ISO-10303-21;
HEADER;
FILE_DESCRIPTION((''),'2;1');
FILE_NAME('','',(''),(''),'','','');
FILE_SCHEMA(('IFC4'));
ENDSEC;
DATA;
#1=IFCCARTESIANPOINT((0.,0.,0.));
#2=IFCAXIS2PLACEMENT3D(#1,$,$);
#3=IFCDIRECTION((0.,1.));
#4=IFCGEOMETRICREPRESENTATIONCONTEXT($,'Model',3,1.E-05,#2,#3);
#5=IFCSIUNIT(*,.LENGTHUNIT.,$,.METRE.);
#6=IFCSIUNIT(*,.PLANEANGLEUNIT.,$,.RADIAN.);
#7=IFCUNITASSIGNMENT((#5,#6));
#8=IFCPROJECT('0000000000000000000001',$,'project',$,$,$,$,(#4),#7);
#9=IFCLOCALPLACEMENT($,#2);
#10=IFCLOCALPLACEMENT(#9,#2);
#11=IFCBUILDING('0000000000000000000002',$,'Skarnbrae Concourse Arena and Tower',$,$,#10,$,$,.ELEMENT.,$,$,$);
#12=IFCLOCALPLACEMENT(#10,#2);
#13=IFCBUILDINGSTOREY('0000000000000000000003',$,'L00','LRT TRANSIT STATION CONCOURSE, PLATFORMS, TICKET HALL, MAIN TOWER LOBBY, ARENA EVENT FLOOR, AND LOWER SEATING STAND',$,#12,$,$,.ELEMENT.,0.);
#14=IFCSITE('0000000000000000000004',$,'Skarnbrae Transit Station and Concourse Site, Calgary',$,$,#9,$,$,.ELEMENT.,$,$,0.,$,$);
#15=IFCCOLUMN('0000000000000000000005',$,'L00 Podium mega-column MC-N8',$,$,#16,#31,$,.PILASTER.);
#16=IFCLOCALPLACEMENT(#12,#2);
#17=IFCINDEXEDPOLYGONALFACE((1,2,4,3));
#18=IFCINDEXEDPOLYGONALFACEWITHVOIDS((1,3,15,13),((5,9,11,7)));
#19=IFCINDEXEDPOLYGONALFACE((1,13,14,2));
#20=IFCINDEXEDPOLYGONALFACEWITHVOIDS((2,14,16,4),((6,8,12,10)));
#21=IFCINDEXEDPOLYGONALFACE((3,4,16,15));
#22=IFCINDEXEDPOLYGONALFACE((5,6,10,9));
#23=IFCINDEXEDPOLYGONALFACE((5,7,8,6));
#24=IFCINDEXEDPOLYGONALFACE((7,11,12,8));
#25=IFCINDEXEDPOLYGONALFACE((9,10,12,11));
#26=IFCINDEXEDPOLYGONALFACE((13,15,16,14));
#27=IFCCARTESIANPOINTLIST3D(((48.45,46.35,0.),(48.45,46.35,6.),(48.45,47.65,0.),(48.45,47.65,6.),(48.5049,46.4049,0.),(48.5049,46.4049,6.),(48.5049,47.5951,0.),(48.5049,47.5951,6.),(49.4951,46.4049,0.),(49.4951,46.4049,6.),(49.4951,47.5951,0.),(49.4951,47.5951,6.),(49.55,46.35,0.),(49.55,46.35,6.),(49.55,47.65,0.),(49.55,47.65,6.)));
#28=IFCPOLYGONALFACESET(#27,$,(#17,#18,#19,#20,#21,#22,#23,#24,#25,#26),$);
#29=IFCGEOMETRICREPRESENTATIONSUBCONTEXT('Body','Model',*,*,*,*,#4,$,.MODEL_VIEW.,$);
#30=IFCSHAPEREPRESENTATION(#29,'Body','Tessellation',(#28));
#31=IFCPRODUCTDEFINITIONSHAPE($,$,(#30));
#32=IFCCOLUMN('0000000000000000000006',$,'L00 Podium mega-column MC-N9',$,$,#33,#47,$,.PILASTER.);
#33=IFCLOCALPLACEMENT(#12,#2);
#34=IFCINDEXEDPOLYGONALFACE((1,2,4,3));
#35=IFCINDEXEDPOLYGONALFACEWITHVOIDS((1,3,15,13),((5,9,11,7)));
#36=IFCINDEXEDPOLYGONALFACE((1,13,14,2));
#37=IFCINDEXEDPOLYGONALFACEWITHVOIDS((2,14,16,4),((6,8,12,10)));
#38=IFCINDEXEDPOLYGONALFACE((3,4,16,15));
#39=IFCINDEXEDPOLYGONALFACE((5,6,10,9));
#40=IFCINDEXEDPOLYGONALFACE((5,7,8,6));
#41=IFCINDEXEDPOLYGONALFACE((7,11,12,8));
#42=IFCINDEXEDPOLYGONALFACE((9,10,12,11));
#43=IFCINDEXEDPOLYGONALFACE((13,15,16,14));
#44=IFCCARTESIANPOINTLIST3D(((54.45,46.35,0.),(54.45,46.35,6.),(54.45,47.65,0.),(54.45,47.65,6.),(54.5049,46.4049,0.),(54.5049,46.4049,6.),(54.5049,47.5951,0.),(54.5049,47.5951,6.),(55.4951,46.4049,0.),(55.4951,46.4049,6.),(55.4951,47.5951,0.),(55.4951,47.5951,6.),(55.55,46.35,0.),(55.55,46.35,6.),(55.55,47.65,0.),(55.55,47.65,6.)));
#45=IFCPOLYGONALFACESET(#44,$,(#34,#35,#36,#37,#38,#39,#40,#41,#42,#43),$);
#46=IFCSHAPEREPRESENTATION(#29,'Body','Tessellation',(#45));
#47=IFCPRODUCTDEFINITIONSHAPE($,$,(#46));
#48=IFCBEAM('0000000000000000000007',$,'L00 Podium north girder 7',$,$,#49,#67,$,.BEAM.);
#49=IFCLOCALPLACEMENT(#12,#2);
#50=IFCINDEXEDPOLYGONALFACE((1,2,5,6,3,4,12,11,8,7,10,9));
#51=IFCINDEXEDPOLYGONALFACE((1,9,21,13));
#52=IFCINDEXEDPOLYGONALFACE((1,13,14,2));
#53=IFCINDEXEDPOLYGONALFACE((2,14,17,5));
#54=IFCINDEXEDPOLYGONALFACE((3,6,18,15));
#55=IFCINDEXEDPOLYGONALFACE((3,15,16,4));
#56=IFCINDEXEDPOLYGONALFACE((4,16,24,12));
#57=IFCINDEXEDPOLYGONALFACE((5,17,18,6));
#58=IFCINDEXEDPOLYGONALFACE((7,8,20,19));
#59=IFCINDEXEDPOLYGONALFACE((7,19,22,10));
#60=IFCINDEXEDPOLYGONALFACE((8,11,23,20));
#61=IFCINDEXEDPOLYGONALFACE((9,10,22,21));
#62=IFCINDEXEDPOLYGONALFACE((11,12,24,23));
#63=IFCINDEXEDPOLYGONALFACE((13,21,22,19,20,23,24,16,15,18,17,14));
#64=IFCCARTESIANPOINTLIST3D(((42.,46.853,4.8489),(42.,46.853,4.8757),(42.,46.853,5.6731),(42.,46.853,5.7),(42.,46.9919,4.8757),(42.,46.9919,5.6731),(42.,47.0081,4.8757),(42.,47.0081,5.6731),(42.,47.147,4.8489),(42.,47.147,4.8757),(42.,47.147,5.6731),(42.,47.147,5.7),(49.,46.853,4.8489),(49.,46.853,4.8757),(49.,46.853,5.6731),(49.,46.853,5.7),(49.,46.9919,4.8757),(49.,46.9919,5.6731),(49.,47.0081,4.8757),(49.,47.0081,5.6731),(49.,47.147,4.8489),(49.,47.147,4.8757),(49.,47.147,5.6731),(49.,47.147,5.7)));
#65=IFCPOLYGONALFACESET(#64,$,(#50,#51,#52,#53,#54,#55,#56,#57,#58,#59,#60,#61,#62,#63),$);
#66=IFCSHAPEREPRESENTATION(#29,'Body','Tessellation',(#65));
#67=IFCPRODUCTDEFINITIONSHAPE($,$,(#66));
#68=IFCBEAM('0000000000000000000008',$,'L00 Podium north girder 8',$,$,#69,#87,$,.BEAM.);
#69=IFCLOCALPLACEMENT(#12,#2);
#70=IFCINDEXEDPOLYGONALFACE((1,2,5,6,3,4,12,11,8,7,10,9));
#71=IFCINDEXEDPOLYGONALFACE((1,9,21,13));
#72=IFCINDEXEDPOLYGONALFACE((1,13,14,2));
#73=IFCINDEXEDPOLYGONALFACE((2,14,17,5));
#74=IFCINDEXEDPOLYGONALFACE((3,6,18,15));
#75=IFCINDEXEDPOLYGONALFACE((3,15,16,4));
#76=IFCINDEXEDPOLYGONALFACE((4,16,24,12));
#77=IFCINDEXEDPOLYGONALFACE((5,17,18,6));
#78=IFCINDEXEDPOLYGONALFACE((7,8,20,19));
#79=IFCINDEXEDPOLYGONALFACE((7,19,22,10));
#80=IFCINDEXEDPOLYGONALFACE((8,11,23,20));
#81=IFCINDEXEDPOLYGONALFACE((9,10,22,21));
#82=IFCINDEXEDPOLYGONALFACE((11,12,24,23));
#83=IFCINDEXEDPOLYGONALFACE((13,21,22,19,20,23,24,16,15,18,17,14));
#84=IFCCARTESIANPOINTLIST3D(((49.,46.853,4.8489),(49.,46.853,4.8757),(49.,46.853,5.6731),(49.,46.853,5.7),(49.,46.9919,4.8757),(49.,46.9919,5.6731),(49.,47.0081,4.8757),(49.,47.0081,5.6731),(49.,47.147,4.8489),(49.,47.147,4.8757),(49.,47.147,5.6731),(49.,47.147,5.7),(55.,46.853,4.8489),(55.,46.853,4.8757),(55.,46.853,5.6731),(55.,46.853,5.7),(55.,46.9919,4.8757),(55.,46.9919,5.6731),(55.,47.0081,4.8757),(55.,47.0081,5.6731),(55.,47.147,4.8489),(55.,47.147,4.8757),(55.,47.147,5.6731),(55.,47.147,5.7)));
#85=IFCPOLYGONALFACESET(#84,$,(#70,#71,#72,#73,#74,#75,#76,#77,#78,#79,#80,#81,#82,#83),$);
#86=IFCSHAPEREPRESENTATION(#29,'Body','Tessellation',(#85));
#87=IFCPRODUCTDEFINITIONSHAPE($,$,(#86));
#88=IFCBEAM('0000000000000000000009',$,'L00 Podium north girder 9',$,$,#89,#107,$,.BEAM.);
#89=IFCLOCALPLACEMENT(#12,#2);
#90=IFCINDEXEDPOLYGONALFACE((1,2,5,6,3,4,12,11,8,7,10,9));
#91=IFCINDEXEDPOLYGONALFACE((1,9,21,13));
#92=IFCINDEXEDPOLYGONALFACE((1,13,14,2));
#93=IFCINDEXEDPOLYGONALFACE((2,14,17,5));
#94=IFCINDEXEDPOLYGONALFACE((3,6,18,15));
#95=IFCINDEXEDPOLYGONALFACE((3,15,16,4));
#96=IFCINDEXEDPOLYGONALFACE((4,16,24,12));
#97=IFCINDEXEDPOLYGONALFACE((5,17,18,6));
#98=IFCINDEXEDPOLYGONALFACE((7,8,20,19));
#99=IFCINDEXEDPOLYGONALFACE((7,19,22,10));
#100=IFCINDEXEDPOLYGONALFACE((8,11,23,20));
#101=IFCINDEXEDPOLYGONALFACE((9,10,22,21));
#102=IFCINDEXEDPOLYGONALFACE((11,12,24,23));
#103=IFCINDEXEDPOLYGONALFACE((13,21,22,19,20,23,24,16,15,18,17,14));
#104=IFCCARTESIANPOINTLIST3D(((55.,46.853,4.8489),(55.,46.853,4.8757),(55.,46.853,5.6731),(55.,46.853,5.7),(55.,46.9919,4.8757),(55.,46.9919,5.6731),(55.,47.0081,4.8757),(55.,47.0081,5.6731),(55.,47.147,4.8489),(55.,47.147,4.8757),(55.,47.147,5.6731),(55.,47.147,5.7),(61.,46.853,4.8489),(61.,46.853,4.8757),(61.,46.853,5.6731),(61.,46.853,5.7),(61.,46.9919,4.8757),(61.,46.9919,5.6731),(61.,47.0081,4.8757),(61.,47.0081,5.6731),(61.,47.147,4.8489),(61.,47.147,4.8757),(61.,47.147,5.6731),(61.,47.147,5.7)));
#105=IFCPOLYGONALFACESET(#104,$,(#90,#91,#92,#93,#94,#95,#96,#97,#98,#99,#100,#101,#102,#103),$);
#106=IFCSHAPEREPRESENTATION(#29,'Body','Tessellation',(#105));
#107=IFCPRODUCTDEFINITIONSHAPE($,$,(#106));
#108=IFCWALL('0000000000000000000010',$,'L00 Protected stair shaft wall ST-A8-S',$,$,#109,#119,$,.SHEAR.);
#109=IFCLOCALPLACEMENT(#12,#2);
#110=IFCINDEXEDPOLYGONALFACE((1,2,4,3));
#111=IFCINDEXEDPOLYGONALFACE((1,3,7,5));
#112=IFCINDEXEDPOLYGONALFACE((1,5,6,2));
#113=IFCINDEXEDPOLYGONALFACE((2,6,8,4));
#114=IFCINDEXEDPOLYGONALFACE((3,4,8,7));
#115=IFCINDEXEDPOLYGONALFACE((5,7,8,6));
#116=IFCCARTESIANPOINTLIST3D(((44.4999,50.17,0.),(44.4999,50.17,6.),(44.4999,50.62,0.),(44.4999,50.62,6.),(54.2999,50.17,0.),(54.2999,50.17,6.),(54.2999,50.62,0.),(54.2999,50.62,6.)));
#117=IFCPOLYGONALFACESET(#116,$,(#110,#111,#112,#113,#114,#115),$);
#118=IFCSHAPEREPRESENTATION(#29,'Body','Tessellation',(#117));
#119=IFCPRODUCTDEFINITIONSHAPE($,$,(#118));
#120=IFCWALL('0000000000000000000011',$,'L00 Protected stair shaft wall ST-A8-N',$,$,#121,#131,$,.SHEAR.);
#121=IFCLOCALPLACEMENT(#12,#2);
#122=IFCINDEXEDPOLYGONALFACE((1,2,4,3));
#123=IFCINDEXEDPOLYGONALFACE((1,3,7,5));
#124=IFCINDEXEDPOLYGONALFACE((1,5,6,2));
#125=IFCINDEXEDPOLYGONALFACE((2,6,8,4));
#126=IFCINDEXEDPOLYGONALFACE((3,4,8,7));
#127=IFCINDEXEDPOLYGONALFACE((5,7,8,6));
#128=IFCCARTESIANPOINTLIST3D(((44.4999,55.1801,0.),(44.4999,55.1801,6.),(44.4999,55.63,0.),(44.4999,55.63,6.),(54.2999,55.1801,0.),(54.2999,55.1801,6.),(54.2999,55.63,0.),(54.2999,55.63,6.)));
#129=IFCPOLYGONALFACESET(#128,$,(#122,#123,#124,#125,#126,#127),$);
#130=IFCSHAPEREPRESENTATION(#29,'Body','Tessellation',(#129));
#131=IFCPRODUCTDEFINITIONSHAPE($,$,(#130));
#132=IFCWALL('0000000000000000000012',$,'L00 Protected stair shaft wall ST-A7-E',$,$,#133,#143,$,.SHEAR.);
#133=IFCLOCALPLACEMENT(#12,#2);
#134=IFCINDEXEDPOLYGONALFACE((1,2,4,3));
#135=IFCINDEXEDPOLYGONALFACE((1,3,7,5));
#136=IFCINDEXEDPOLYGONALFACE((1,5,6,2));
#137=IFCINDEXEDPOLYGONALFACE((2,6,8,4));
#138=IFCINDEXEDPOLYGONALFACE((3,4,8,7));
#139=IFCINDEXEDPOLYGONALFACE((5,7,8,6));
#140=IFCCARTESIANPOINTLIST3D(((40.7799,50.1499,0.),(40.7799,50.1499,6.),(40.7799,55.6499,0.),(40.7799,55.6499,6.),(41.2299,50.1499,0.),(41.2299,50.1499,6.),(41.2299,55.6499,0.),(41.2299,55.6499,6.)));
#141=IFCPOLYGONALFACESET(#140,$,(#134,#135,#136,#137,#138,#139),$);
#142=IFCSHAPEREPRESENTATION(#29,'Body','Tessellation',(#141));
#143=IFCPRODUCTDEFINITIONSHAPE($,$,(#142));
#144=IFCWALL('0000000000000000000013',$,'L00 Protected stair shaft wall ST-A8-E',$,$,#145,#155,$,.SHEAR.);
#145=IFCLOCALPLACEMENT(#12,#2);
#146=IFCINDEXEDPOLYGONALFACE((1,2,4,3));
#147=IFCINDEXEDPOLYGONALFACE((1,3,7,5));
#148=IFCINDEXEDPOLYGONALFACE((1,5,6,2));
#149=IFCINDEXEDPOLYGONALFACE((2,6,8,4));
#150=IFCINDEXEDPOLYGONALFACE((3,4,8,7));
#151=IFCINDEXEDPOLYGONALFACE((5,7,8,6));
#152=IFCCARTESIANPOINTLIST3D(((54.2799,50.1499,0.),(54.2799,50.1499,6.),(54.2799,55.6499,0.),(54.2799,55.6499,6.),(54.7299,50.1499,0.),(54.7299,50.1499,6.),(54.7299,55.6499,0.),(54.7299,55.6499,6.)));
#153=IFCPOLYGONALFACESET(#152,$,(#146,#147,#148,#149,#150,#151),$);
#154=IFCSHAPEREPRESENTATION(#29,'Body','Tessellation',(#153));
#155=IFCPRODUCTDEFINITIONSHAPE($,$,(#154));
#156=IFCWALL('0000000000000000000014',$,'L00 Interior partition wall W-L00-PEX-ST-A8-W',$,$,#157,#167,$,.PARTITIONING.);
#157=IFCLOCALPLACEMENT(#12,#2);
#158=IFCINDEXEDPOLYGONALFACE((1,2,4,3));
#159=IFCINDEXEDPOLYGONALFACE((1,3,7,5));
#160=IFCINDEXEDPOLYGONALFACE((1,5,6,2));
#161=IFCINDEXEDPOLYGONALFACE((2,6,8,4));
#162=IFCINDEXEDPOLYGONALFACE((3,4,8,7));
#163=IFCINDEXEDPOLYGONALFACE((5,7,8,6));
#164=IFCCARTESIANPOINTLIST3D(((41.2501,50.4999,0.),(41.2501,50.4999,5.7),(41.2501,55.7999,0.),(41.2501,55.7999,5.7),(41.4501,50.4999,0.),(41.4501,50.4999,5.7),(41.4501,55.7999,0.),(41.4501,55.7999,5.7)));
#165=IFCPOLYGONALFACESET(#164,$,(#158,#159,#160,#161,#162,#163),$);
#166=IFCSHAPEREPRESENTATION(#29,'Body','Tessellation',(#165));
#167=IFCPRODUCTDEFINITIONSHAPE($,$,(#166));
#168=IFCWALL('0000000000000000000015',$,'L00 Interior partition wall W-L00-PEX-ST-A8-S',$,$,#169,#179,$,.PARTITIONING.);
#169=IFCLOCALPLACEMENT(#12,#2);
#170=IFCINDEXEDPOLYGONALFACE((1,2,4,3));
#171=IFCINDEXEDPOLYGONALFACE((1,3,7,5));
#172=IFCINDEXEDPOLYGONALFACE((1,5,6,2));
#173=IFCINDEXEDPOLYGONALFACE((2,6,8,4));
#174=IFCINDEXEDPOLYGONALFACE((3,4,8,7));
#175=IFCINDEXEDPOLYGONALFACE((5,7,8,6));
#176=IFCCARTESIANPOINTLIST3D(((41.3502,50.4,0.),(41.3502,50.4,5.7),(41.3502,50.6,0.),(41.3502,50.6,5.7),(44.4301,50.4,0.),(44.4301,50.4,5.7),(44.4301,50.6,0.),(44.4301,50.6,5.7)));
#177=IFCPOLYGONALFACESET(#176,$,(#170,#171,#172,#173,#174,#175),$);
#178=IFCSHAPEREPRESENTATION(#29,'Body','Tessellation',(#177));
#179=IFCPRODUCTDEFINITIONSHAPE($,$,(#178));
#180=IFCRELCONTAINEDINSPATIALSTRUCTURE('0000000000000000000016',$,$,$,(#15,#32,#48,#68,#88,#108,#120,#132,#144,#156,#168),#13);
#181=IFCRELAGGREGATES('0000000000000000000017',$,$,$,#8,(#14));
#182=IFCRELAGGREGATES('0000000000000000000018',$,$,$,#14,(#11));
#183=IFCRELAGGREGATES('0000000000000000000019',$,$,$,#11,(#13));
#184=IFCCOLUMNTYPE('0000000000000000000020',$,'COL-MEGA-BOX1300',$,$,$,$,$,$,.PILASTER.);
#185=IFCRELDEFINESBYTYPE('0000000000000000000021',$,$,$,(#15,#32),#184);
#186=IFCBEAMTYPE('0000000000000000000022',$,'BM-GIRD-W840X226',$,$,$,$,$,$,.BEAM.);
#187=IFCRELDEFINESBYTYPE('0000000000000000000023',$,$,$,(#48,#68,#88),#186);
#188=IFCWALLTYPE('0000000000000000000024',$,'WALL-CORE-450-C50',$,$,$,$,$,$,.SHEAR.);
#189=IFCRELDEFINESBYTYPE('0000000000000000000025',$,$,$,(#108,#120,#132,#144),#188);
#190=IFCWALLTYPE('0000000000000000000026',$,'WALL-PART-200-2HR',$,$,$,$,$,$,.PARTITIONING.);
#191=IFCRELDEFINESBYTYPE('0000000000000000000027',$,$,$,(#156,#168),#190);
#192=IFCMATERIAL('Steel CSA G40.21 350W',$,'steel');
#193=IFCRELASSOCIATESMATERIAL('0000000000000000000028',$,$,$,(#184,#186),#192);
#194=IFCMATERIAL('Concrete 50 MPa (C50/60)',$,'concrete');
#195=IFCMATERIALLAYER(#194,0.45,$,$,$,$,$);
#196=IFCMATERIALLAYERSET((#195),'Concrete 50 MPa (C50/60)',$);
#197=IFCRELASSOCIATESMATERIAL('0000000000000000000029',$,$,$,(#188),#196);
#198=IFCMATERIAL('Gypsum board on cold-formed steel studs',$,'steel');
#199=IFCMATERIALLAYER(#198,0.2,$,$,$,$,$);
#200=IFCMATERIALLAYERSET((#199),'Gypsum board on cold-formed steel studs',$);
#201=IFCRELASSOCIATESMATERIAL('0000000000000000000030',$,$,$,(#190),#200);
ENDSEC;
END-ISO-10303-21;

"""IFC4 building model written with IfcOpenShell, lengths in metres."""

from ifc_helpers import new_model, si_unit, direction, frame, frame_2d, origin, origin_2d, place, context, subcontext, project, spatial, rectangle, hollow_rectangle, i_section, extrude, source, transform, mapped, material, layer, layer_set, material_profile, profile_set, type_object, element, save


model = new_model("IFC4")

# Units and contexts
model_context = context("Model", 3, precision=1e-05, world=origin(), true_north=direction((0.0, 1.0)))
body_context = subcontext(model_context, "Body", "Model", "MODEL_VIEW")
ifc_project = project(units=[si_unit("LENGTHUNIT", "METRE"), si_unit("PLANEANGLEUNIT", "RADIAN")], contexts=[model_context])

# Site, building, storey
site_placement = place(None, origin())
site = spatial("IfcSite", under=ifc_project, at=site_placement, Name="Skarnbrae Transit Station and Concourse Site, Calgary", CompositionType="ELEMENT", RefElevation=0.0)
building_placement = place(site_placement, origin())
building = spatial("IfcBuilding", under=site, at=building_placement, Name="Skarnbrae Concourse Arena and Tower", CompositionType="ELEMENT")
storey_placement = place(building_placement, origin())
storey = spatial("IfcBuildingStorey", under=building, at=storey_placement, Name="L00", Description="LRT TRANSIT STATION CONCOURSE, PLATFORMS, TICKET HALL, MAIN TOWER LOBBY, ARENA EVENT FLOOR, AND LOWER SEATING STAND", CompositionType="ELEMENT", Elevation=0.0)

# Columns
ifc_material_1 = material(Name="Steel CSA G40.21 350W", Category="steel")
ifc_material_profile_1 = material_profile(ifc_material_1, hollow_rectangle(XDim=1.1001, YDim=1.3, WallThickness=0.0549, at=origin_2d()), Name="BOX1300X1100X55")
ifc_profile_set_1 = profile_set([ifc_material_profile_1], Name="Steel CSA G40.21 350W")
column_type = type_object("IfcColumnType", Name="COL-MEGA-BOX1300", PredefinedType="PILASTER", material=ifc_profile_set_1)
shared_shape_1 = source(origin(), body_context, "Body", "SweptSolid", [
    extrude(hollow_rectangle(XDim=1.1001, YDim=1.3, WallThickness=0.0549, at=origin_2d()), origin(), (0.0, 0.0, 1.0), 6.0),
])
for number, where, z_axis, x_axis, name in (
    (1, (49.0, 47.0, 0.0), (0.0, 0.0, 1.0), (1.0, 0.0, 0.0), "L00 Podium mega-column MC-N8"),
    (2, (55.0, 47.0, 0.0), (0.0, 0.0, 1.0), (1.0, 0.0, 0.0), "L00 Podium mega-column MC-N9"),
):
    element("IfcColumn", number, at=place(storey_placement, frame(where, z_axis=z_axis, x_axis=x_axis)), inside=storey, type_object=column_type, Name=name, PredefinedType="PILASTER", context=body_context, shape_type="MappedRepresentation", body=[
        mapped(shared_shape_1, transform((0.0, 0.0, 0.0))),
    ])

# Beams
ifc_material_profile_2 = material_profile(ifc_material_1, i_section(OverallWidth=0.2939, OverallDepth=0.8511, WebThickness=0.0161, FlangeThickness=0.0269, at=origin_2d()), Name="W840X226")
ifc_profile_set_2 = profile_set([ifc_material_profile_2], Name="Steel CSA G40.21 350W")
beam_type = type_object("IfcBeamType", Name="BM-GIRD-W840X226", PredefinedType="BEAM", material=ifc_profile_set_2)
shared_shape_2 = source(origin(), body_context, "Body", "SweptSolid", [
    extrude(i_section(OverallWidth=0.2939, OverallDepth=0.8511, WebThickness=0.0161, FlangeThickness=0.0269, at=origin_2d()), origin(), (0.0, 0.0, 1.0), 7.0),
])
beam_placement = place(storey_placement, frame((42.0, 47.0, 5.2744), z_axis=(1.0, 0.0, 0.0), x_axis=(0.0, 1.0, 0.0)))
element("IfcBeam", 3, at=beam_placement, inside=storey, type_object=beam_type, Name="L00 Podium north girder 7", PredefinedType="BEAM", context=body_context, shape_type="MappedRepresentation", body=[
    mapped(shared_shape_2, transform((0.0, 0.0, 0.0))),
])
shared_shape_3 = source(origin(), body_context, "Body", "SweptSolid", [
    extrude(i_section(OverallWidth=0.2939, OverallDepth=0.8511, WebThickness=0.0161, FlangeThickness=0.0269, at=origin_2d()), origin(), (0.0, 0.0, 1.0), 6.0),
])
for number, where, z_axis, x_axis, name in (
    (4, (49.0, 47.0, 5.2744), (1.0, 0.0, 0.0), (0.0, 1.0, 0.0), "L00 Podium north girder 8"),
    (5, (55.0, 47.0, 5.2744), (1.0, 0.0, 0.0), (0.0, 1.0, 0.0), "L00 Podium north girder 9"),
):
    element("IfcBeam", number, at=place(storey_placement, frame(where, z_axis=z_axis, x_axis=x_axis)), inside=storey, type_object=beam_type, Name=name, PredefinedType="BEAM", context=body_context, shape_type="MappedRepresentation", body=[
        mapped(shared_shape_3, transform((0.0, 0.0, 0.0))),
    ])

# Walls
ifc_material_2 = material(Name="Concrete 50 MPa (C50/60)", Category="concrete")
ifc_layer_1 = layer(ifc_material_2, 0.45)
ifc_layer_set_1 = layer_set([ifc_layer_1], Name="Concrete 50 MPa (C50/60)")
wall_type_1 = type_object("IfcWallType", Name="WALL-CORE-450-C50", PredefinedType="SHEAR", material=ifc_layer_set_1)
shared_shape_4 = source(origin(), body_context, "Body", "SweptSolid", [
    extrude(rectangle(XDim=9.8, YDim=0.45, at=frame_2d((4.8999, 0.0))), origin(), (0.0, 0.0, 1.0), 6.0),
])
for number, where, z_axis, x_axis, name in (
    (6, (44.5, 50.395, 0.0), (0.0, 0.0, 1.0), (1.0, 0.0, 0.0), "L00 Protected stair shaft wall ST-A8-S"),
    (7, (44.5, 55.405, 0.0), (0.0, 0.0, 1.0), (1.0, 0.0, 0.0), "L00 Protected stair shaft wall ST-A8-N"),
):
    element("IfcWall", number, at=place(storey_placement, frame(where, z_axis=z_axis, x_axis=x_axis)), inside=storey, type_object=wall_type_1, Name=name, PredefinedType="SHEAR", context=body_context, shape_type="MappedRepresentation", body=[
        mapped(shared_shape_4, transform((0.0, 0.0, 0.0))),
    ])
shared_shape_5 = source(origin(), body_context, "Body", "SweptSolid", [
    extrude(rectangle(XDim=5.5, YDim=0.45, at=frame_2d((2.75, 0.0))), origin(), (0.0, 0.0, 1.0), 6.0),
])
wall_1_placement = place(storey_placement, frame((41.0049, 50.1499, 0.0), z_axis=(0.0, 0.0, 1.0), x_axis=(0.0, 1.0, 0.0)))
element("IfcWall", 8, at=wall_1_placement, inside=storey, type_object=wall_type_1, Name="L00 Protected stair shaft wall ST-A7-E", PredefinedType="SHEAR", context=body_context, shape_type="MappedRepresentation", body=[
    mapped(shared_shape_5, transform((0.0, 0.0, 0.0))),
])

# Walls
wall_2_placement = place(storey_placement, frame((54.5049, 50.1499, 0.0), z_axis=(0.0, 0.0, 1.0), x_axis=(0.0, 1.0, 0.0)))
element("IfcWall", 9, at=wall_2_placement, inside=storey, type_object=wall_type_1, Name="L00 Protected stair shaft wall ST-A8-E", PredefinedType="SHEAR", context=body_context, shape_type="MappedRepresentation", body=[
    mapped(shared_shape_5, transform((0.0, 0.0, 0.0))),
])
ifc_material_3 = material(Name="Gypsum board on cold-formed steel studs", Category="steel")
ifc_layer_2 = layer(ifc_material_3, 0.2)
ifc_layer_set_2 = layer_set([ifc_layer_2], Name="Gypsum board on cold-formed steel studs")
wall_type_2 = type_object("IfcWallType", Name="WALL-PART-200-2HR", PredefinedType="PARTITIONING", material=ifc_layer_set_2)
shared_shape_6 = source(origin(), body_context, "Body", "SweptSolid", [
    extrude(rectangle(XDim=5.3, YDim=0.2, at=frame_2d((2.6499, 0.0))), origin(), (0.0, 0.0, 1.0), 5.7),
])
wall_3_placement = place(storey_placement, frame((41.3501, 50.5, 0.0), z_axis=(0.0, 0.0, 1.0), x_axis=(0.0, 1.0, 0.0)))
element("IfcWall", 10, at=wall_3_placement, inside=storey, type_object=wall_type_2, Name="L00 Interior partition wall W-L00-PEX-ST-A8-W", PredefinedType="PARTITIONING", context=body_context, shape_type="MappedRepresentation", body=[
    mapped(shared_shape_6, transform((0.0, 0.0, 0.0))),
])
shared_shape_7 = source(origin(), body_context, "Body", "SweptSolid", [
    extrude(rectangle(XDim=3.0798, YDim=0.2, at=frame_2d((1.54, 0.0))), origin(), (0.0, 0.0, 1.0), 5.7),
])
wall_4_placement = place(storey_placement, frame((41.3501, 50.5, 0.0), z_axis=(0.0, 0.0, 1.0), x_axis=(1.0, 0.0, 0.0)))
element("IfcWall", 11, at=wall_4_placement, inside=storey, type_object=wall_type_2, Name="L00 Interior partition wall W-L00-PEX-ST-A8-S", PredefinedType="PARTITIONING", context=body_context, shape_type="MappedRepresentation", body=[
    mapped(shared_shape_7, transform((0.0, 0.0, 0.0))),
])

save(model, "model.ifc")
